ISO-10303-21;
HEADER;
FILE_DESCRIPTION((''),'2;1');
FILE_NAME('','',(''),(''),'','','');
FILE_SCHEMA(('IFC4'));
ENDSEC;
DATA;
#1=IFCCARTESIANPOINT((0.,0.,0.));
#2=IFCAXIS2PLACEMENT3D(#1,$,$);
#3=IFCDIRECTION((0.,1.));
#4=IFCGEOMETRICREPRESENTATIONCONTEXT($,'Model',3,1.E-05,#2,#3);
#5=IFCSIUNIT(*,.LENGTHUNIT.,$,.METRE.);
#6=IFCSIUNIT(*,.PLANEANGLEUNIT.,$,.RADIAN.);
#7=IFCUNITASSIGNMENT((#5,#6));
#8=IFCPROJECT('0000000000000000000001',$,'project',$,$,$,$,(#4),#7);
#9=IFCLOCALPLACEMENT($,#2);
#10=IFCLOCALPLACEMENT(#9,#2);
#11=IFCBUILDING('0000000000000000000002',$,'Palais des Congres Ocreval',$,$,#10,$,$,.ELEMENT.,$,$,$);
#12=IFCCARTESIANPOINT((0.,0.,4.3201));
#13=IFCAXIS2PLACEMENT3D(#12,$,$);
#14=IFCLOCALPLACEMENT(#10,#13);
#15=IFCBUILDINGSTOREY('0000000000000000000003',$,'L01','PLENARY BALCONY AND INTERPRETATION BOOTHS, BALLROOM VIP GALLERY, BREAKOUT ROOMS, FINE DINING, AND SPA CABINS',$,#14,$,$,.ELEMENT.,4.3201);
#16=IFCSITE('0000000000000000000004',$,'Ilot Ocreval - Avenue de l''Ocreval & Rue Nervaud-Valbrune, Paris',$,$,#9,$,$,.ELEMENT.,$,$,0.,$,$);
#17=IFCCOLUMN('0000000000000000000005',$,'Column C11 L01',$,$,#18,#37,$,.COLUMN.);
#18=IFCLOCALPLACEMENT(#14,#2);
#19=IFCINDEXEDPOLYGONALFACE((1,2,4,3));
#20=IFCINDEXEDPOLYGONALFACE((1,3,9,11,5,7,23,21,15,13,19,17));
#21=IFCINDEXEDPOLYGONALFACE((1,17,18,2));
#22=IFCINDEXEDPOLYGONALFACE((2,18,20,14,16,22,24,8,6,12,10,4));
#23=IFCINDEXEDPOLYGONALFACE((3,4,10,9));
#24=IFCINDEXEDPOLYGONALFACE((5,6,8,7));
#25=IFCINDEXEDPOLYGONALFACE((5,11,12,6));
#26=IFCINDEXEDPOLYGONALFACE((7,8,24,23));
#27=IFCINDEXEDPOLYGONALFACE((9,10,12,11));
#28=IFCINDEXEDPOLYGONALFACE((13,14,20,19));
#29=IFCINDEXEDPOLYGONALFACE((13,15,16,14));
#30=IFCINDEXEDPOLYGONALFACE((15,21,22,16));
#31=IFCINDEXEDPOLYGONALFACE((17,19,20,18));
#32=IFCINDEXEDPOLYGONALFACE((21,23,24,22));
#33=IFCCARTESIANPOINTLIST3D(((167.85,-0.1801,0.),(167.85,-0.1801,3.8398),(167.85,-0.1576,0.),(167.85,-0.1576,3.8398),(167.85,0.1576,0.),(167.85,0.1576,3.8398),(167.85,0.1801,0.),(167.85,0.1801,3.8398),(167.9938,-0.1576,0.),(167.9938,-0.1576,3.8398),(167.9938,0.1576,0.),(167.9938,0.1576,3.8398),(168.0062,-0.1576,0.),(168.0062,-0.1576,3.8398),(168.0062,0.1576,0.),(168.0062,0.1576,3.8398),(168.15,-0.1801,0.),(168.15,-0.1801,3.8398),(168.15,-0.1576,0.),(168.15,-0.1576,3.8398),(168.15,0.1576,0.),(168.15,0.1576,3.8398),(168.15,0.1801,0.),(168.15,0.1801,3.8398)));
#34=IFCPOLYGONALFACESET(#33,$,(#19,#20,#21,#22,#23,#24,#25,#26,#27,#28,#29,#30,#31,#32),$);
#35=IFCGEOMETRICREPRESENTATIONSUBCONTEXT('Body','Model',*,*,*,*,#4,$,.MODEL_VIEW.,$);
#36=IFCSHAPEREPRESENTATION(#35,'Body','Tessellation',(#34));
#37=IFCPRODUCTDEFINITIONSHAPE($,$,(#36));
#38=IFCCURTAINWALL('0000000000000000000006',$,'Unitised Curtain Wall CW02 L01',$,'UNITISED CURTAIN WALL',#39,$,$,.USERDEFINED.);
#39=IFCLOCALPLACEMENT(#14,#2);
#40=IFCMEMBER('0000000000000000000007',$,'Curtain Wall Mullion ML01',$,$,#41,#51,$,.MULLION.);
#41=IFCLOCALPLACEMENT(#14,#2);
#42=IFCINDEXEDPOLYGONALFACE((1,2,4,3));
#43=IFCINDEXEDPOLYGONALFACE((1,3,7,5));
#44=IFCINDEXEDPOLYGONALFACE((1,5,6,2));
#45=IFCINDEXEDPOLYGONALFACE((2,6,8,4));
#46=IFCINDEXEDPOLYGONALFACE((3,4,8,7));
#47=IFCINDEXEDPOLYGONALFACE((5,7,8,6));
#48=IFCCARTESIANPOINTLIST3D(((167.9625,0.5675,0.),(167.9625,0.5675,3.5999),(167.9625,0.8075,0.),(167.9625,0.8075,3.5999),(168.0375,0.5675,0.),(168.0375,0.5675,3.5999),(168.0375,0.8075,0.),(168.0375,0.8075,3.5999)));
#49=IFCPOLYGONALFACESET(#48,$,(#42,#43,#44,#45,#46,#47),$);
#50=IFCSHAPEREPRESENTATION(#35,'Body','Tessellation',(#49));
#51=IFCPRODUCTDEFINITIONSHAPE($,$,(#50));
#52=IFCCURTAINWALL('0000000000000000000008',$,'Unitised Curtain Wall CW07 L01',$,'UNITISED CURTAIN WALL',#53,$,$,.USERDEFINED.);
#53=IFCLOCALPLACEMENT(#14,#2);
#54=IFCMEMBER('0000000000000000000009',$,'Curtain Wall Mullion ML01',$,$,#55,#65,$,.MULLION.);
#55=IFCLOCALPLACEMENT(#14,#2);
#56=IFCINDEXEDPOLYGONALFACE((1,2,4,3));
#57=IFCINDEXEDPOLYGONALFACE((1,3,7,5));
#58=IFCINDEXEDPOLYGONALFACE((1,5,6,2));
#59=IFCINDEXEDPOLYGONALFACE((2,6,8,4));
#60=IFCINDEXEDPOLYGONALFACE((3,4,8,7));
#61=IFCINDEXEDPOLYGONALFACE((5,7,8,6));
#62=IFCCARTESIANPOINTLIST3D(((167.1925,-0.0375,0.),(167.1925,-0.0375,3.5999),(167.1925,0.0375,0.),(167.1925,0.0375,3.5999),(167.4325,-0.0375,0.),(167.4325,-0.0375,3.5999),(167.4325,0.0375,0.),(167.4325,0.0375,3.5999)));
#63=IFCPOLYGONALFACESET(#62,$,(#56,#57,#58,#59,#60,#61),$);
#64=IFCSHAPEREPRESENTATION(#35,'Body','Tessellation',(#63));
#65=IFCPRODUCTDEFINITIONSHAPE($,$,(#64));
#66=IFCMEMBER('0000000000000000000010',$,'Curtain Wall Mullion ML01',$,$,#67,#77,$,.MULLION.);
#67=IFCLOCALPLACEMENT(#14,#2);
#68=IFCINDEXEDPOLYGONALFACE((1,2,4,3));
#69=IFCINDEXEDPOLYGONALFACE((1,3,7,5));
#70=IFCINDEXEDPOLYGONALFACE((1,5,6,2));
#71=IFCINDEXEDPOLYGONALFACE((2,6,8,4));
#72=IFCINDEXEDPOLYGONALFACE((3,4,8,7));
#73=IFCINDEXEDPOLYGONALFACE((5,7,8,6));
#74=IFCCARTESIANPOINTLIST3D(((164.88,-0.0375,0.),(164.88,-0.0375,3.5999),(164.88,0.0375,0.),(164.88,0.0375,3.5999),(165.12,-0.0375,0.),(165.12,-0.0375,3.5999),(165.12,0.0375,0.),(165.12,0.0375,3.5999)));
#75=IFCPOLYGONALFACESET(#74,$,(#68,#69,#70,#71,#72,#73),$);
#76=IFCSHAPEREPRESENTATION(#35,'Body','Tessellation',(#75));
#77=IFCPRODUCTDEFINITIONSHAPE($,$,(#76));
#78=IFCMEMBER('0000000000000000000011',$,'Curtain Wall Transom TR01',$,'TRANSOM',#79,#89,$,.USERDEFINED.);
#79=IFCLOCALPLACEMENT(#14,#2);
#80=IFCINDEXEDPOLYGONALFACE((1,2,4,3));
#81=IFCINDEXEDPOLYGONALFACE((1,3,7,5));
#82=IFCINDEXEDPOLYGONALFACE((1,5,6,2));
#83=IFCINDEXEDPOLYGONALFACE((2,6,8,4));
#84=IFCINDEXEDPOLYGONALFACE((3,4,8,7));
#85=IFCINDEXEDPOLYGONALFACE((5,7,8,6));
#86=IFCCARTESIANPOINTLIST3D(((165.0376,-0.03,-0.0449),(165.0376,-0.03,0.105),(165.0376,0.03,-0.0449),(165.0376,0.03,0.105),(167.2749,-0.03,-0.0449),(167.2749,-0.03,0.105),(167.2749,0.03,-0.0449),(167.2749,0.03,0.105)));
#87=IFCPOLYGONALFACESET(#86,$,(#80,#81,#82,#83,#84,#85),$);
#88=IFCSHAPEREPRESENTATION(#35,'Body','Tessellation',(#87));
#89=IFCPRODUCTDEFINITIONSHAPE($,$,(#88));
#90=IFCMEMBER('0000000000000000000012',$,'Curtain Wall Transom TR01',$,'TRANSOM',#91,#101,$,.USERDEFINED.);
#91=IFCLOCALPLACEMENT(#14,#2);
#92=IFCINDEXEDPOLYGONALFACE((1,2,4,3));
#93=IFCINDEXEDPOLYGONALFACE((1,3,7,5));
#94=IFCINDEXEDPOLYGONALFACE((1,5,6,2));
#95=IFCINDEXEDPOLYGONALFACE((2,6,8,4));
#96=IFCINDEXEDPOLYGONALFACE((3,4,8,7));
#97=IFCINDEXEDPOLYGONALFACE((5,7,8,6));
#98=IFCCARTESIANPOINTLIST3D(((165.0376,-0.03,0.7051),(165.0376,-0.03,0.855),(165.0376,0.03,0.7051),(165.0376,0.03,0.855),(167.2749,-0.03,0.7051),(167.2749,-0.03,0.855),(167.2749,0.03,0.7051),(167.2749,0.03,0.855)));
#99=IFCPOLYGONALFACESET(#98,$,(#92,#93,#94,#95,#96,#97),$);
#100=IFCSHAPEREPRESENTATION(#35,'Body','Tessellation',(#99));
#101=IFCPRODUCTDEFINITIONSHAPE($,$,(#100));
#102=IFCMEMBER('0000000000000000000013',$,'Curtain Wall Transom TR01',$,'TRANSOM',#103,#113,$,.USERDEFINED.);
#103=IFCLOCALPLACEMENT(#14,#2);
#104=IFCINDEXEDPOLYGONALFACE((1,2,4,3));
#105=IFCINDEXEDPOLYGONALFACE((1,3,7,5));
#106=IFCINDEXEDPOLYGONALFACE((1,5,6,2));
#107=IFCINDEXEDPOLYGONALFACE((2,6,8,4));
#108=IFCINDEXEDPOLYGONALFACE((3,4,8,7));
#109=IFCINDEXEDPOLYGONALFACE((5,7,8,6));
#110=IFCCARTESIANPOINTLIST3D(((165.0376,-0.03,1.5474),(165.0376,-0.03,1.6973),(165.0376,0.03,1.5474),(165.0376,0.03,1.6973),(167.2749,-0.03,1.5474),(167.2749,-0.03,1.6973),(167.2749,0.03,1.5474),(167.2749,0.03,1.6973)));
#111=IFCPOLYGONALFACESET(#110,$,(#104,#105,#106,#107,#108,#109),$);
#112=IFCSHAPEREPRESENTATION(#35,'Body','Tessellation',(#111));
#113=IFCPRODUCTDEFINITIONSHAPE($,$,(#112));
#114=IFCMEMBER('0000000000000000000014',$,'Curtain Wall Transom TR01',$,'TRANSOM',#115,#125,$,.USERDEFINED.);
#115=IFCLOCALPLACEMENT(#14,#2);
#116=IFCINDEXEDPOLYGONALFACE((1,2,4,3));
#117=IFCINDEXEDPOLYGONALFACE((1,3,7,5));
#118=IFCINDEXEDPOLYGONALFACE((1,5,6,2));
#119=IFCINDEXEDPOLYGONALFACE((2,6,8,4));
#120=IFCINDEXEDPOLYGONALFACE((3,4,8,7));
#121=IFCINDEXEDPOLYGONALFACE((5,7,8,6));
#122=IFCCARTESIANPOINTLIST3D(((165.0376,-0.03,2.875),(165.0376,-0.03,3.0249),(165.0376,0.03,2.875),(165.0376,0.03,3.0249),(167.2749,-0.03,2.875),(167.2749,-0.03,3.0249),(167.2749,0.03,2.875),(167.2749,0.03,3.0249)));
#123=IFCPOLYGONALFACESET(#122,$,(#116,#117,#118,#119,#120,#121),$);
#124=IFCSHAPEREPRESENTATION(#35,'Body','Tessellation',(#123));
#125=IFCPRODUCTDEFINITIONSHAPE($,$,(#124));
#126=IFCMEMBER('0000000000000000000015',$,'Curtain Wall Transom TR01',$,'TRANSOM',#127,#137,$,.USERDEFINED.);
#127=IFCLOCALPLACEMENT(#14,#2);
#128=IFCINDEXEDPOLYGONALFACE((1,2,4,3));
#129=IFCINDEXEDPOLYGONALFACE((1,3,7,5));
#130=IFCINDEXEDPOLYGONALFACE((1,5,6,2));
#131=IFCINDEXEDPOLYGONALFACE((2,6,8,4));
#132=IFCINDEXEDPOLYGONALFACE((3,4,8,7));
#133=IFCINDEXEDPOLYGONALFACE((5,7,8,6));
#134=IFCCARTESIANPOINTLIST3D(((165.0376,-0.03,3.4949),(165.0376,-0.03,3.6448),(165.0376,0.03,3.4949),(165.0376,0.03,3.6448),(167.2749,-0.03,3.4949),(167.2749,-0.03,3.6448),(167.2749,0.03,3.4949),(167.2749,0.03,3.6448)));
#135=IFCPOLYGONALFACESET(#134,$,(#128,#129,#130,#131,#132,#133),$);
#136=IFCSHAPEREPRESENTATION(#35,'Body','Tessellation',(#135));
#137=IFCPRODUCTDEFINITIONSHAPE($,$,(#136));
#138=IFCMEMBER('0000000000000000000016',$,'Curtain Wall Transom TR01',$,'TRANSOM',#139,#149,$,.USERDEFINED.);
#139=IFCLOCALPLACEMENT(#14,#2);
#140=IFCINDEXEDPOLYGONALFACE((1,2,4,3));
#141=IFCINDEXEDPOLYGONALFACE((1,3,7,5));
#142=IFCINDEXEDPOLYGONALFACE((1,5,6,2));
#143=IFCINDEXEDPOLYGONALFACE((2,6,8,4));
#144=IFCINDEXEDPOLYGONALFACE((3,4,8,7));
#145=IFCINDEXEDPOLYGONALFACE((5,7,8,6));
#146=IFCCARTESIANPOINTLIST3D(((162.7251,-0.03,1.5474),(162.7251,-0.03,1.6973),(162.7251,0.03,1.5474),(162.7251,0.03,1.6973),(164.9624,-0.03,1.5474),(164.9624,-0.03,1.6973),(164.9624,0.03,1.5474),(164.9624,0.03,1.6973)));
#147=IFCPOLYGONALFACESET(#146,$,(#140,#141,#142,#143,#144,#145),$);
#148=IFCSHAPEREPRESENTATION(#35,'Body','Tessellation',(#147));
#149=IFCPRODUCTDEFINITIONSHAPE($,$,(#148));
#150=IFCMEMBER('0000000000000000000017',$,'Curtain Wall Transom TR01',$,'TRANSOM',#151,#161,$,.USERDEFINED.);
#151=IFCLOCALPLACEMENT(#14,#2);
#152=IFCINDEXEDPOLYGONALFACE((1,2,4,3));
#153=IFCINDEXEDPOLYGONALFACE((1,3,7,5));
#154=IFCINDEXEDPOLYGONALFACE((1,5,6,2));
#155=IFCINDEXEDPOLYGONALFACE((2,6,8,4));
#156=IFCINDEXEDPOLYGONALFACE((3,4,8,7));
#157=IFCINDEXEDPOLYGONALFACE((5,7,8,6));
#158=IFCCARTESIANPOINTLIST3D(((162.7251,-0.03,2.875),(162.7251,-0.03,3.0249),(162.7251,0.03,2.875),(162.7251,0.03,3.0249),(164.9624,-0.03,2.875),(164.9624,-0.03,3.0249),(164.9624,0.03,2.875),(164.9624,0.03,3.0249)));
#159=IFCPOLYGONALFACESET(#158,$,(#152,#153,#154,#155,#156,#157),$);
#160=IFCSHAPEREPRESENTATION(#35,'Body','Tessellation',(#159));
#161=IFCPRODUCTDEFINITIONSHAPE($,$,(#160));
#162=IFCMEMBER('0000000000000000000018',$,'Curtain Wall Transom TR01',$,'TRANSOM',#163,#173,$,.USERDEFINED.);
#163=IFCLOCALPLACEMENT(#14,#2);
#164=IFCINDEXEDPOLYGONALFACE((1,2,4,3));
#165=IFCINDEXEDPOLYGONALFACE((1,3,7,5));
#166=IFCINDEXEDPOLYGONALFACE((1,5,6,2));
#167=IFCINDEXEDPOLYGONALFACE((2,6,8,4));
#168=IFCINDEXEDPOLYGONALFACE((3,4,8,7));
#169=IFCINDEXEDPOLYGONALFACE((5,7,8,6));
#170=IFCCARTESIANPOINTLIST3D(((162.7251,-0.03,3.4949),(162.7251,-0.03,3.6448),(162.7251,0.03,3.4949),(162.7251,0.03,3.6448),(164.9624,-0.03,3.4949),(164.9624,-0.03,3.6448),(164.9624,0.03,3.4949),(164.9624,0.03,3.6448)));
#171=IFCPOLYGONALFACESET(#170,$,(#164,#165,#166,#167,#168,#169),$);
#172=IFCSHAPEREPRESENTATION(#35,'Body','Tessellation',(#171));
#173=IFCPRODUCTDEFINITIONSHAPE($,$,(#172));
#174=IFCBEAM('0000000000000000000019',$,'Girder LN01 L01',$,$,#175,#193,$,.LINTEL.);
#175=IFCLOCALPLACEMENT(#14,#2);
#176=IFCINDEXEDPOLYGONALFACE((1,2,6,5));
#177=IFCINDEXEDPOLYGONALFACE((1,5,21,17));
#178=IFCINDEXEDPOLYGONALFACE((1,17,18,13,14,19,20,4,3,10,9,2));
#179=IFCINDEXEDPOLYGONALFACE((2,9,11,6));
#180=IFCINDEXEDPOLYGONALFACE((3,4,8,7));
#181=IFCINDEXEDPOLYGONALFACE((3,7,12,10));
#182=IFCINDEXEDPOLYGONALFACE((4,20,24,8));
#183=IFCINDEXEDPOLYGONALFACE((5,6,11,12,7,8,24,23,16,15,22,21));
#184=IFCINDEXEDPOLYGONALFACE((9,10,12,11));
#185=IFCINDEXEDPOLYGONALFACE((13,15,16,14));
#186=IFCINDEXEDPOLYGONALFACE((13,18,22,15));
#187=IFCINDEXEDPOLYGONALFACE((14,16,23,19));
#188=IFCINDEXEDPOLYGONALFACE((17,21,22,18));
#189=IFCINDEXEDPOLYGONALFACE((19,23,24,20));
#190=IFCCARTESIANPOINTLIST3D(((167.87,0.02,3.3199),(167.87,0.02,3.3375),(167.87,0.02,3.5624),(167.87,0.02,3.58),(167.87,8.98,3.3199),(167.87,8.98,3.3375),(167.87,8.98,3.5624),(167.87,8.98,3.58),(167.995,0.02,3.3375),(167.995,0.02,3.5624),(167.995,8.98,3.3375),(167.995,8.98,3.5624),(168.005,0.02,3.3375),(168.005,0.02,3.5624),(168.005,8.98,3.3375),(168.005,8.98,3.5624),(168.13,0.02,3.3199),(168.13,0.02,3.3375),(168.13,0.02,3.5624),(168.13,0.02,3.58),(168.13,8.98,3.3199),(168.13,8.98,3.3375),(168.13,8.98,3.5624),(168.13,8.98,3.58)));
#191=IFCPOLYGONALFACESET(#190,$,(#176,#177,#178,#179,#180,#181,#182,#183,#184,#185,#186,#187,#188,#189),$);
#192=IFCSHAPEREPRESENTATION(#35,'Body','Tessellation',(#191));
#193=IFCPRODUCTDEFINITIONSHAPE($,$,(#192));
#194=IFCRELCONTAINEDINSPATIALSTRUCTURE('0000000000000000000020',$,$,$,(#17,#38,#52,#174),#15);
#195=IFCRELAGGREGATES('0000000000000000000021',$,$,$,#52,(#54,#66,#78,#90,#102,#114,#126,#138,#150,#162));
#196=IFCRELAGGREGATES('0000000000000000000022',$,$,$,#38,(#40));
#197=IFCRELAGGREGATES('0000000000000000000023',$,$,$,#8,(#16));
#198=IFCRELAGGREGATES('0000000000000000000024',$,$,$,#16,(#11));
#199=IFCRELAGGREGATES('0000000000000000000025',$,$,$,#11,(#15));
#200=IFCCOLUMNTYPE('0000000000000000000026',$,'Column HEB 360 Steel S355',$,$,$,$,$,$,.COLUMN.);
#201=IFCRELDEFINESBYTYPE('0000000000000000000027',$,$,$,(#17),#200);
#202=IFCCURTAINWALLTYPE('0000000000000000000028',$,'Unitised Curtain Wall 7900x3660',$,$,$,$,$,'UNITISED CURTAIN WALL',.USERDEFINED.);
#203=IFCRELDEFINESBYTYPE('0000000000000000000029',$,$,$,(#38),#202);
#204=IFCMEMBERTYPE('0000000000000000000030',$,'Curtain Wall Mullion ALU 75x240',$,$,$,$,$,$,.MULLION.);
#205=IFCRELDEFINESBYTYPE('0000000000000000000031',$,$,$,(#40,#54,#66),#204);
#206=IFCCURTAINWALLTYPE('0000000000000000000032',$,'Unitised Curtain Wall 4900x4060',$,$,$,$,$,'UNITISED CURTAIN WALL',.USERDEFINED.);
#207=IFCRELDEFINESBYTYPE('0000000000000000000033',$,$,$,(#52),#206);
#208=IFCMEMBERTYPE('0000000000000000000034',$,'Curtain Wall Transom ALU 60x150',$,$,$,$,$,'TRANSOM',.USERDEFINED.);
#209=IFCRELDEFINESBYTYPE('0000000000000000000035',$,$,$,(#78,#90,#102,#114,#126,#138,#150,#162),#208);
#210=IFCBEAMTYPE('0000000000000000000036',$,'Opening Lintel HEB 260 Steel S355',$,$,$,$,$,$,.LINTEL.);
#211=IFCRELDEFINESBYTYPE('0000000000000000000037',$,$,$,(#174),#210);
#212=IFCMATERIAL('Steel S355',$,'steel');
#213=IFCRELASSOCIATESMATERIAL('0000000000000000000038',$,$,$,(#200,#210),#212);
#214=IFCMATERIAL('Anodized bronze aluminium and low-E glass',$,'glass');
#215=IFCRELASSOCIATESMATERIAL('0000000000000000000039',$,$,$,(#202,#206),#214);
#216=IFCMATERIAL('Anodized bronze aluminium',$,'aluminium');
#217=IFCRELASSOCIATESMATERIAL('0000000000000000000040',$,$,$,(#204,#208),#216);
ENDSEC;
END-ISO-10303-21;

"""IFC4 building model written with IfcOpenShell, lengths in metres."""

from ifc_helpers import new_model, si_unit, direction, frame, origin, origin_2d, place, context, subcontext, project, spatial, rectangle, i_section, extrude, material, material_profile, profile_set, type_object, element, aggregate, save


model = new_model("IFC4")

# Units and contexts
model_context = context("Model", 3, precision=1e-05, world=origin(), true_north=direction((0.0, 1.0)))
body_context = subcontext(model_context, "Body", "Model", "MODEL_VIEW")
ifc_project = project(units=[si_unit("LENGTHUNIT", "METRE"), si_unit("PLANEANGLEUNIT", "RADIAN")], contexts=[model_context])

# Site, building, storey
site_placement = place(None, origin())
site = spatial("IfcSite", under=ifc_project, at=site_placement, Name="Ilot Ocreval - Avenue de l'Ocreval & Rue Nervaud-Valbrune, Paris", CompositionType="ELEMENT", RefElevation=0.0)
building_placement = place(site_placement, origin())
building = spatial("IfcBuilding", under=site, at=building_placement, Name="Palais des Congres Ocreval", CompositionType="ELEMENT")
storey_placement = place(building_placement, frame((0.0, 0.0, 4.3201)))
storey = spatial("IfcBuildingStorey", under=building, at=storey_placement, Name="L01", Description="PLENARY BALCONY AND INTERPRETATION BOOTHS, BALLROOM VIP GALLERY, BREAKOUT ROOMS, FINE DINING, AND SPA CABINS", CompositionType="ELEMENT", Elevation=4.3201)

# Column
ifc_material_1 = material(Name="Steel S355", Category="steel")
ifc_material_profile_1 = material_profile(ifc_material_1, i_section(OverallWidth=0.3, OverallDepth=0.3601, WebThickness=0.0125, FlangeThickness=0.0225, at=origin_2d()), Name="HEB 360")
ifc_profile_set_1 = profile_set([ifc_material_profile_1], Name="Steel S355")
column_type = type_object("IfcColumnType", Name="Column HEB 360 Steel S355", PredefinedType="COLUMN", material=ifc_profile_set_1)
column_placement = place(storey_placement, frame((168.0, 0.0, 0.0), z_axis=(0.0, 0.0, 1.0), x_axis=(1.0, 0.0, 0.0)))
element("IfcColumn", 1, at=column_placement, inside=storey, type_object=column_type, Name="Column C11 L01", PredefinedType="COLUMN", context=body_context, shape_type="SweptSolid", body=[
    extrude(i_section(OverallWidth=0.3, OverallDepth=0.3601, WebThickness=0.0125, FlangeThickness=0.0225, at=origin_2d()), origin(), (0.0, 0.0, 1.0), 3.8398),
])

# Curtain wall, member
ifc_material_2 = material(Name="Anodized bronze aluminium and low-E glass", Category="glass")
curtain_wall_type_1 = type_object("IfcCurtainWallType", Name="Unitised Curtain Wall 7900x3660", ElementType="UNITISED CURTAIN WALL", PredefinedType="USERDEFINED", material=ifc_material_2)
curtain_wall_1_placement = place(storey_placement, origin())
curtain_wall_1 = element("IfcCurtainWall", 2, at=curtain_wall_1_placement, inside=storey, type_object=curtain_wall_type_1, Name="Unitised Curtain Wall CW02 L01", ObjectType="UNITISED CURTAIN WALL", PredefinedType="USERDEFINED")
ifc_material_3 = material(Name="Anodized bronze aluminium", Category="aluminium")
ifc_material_profile_2 = material_profile(ifc_material_3, rectangle(XDim=0.075, YDim=0.24, at=origin_2d()), Name="ALU 75x240")
ifc_profile_set_2 = profile_set([ifc_material_profile_2], Name="Anodized bronze aluminium")
member_type_1 = type_object("IfcMemberType", Name="Curtain Wall Mullion ALU 75x240", PredefinedType="MULLION", material=ifc_profile_set_2)
member_1_placement = place(storey_placement, frame((168.0, 0.6875, 0.0), z_axis=(0.0, 0.0, 1.0), x_axis=(1.0, 0.0, 0.0)))
member_1 = element("IfcMember", 3, at=member_1_placement, type_object=member_type_1, Name="Curtain Wall Mullion ML01", PredefinedType="MULLION", context=body_context, shape_type="SweptSolid", body=[
    extrude(rectangle(XDim=0.075, YDim=0.24, at=origin_2d()), origin(), (0.0, 0.0, 1.0), 3.5999),
])

# Curtain wall, members
curtain_wall_type_2 = type_object("IfcCurtainWallType", Name="Unitised Curtain Wall 4900x4060", ElementType="UNITISED CURTAIN WALL", PredefinedType="USERDEFINED", material=ifc_material_2)
curtain_wall_2_placement = place(storey_placement, origin())
curtain_wall_2 = element("IfcCurtainWall", 4, at=curtain_wall_2_placement, inside=storey, type_object=curtain_wall_type_2, Name="Unitised Curtain Wall CW07 L01", ObjectType="UNITISED CURTAIN WALL", PredefinedType="USERDEFINED")
member_2_placement = place(storey_placement, frame((167.3125, 0.0, 0.0), z_axis=(0.0, 0.0, 1.0), x_axis=(0.0, -1.0, 0.0)))
member_2 = element("IfcMember", 5, at=member_2_placement, type_object=member_type_1, Name="Curtain Wall Mullion ML01", PredefinedType="MULLION", context=body_context, shape_type="SweptSolid", body=[
    extrude(rectangle(XDim=0.075, YDim=0.24, at=origin_2d()), origin(), (0.0, 0.0, 1.0), 3.5999),
])
member_3_placement = place(storey_placement, frame((165.0, 0.0, 0.0), z_axis=(0.0, 0.0, 1.0), x_axis=(0.0, -1.0, 0.0)))
member_3 = element("IfcMember", 6, at=member_3_placement, type_object=member_type_1, Name="Curtain Wall Mullion ML01", PredefinedType="MULLION", context=body_context, shape_type="SweptSolid", body=[
    extrude(rectangle(XDim=0.075, YDim=0.24, at=origin_2d()), origin(), (0.0, 0.0, 1.0), 3.5999),
])
ifc_material_profile_3 = material_profile(ifc_material_3, rectangle(XDim=0.0601, YDim=0.1499, at=origin_2d()), Name="ALU 60x150")
ifc_profile_set_3 = profile_set([ifc_material_profile_3], Name="Anodized bronze aluminium")
member_type_2 = type_object("IfcMemberType", Name="Curtain Wall Transom ALU 60x150", ElementType="TRANSOM", PredefinedType="USERDEFINED", material=ifc_profile_set_3)
member_4_placement = place(storey_placement, frame((167.2749, 0.0, 0.03), z_axis=(-1.0, 0.0, 0.0), x_axis=(0.0, -1.0, 0.0)))
member_4 = element("IfcMember", 7, at=member_4_placement, type_object=member_type_2, Name="Curtain Wall Transom TR01", ObjectType="TRANSOM", PredefinedType="USERDEFINED", context=body_context, shape_type="SweptSolid", body=[
    extrude(rectangle(XDim=0.0601, YDim=0.1499, at=origin_2d()), origin(), (0.0, 0.0, 1.0), 2.2373),
])
member_5_placement = place(storey_placement, frame((167.2749, 0.0, 0.78), z_axis=(-1.0, 0.0, 0.0), x_axis=(0.0, -1.0, 0.0)))
member_5 = element("IfcMember", 8, at=member_5_placement, type_object=member_type_2, Name="Curtain Wall Transom TR01", ObjectType="TRANSOM", PredefinedType="USERDEFINED", context=body_context, shape_type="SweptSolid", body=[
    extrude(rectangle(XDim=0.0601, YDim=0.1499, at=origin_2d()), origin(), (0.0, 0.0, 1.0), 2.2373),
])
member_6_placement = place(storey_placement, frame((167.2749, 0.0, 1.6223), z_axis=(-1.0, 0.0, 0.0), x_axis=(0.0, -1.0, 0.0)))
member_6 = element("IfcMember", 9, at=member_6_placement, type_object=member_type_2, Name="Curtain Wall Transom TR01", ObjectType="TRANSOM", PredefinedType="USERDEFINED", context=body_context, shape_type="SweptSolid", body=[
    extrude(rectangle(XDim=0.0601, YDim=0.1499, at=origin_2d()), origin(), (0.0, 0.0, 1.0), 2.2373),
])
member_7_placement = place(storey_placement, frame((167.2749, 0.0, 2.95), z_axis=(-1.0, 0.0, 0.0), x_axis=(0.0, -1.0, 0.0)))
member_7 = element("IfcMember", 10, at=member_7_placement, type_object=member_type_2, Name="Curtain Wall Transom TR01", ObjectType="TRANSOM", PredefinedType="USERDEFINED", context=body_context, shape_type="SweptSolid", body=[
    extrude(rectangle(XDim=0.0601, YDim=0.1499, at=origin_2d()), origin(), (0.0, 0.0, 1.0), 2.2373),
])
member_8_placement = place(storey_placement, frame((167.2749, 0.0, 3.5698), z_axis=(-1.0, 0.0, 0.0), x_axis=(0.0, -1.0, 0.0)))
member_8 = element("IfcMember", 11, at=member_8_placement, type_object=member_type_2, Name="Curtain Wall Transom TR01", ObjectType="TRANSOM", PredefinedType="USERDEFINED", context=body_context, shape_type="SweptSolid", body=[
    extrude(rectangle(XDim=0.0601, YDim=0.1499, at=origin_2d()), origin(), (0.0, 0.0, 1.0), 2.2373),
])
member_9_placement = place(storey_placement, frame((164.9624, 0.0, 1.6223), z_axis=(-1.0, 0.0, 0.0), x_axis=(0.0, -1.0, 0.0)))
member_9 = element("IfcMember", 12, at=member_9_placement, type_object=member_type_2, Name="Curtain Wall Transom TR01", ObjectType="TRANSOM", PredefinedType="USERDEFINED", context=body_context, shape_type="SweptSolid", body=[
    extrude(rectangle(XDim=0.0601, YDim=0.1499, at=origin_2d()), origin(), (0.0, 0.0, 1.0), 2.2373),
])
member_10_placement = place(storey_placement, frame((164.9624, 0.0, 2.95), z_axis=(-1.0, 0.0, 0.0), x_axis=(0.0, -1.0, 0.0)))
member_10 = element("IfcMember", 13, at=member_10_placement, type_object=member_type_2, Name="Curtain Wall Transom TR01", ObjectType="TRANSOM", PredefinedType="USERDEFINED", context=body_context, shape_type="SweptSolid", body=[
    extrude(rectangle(XDim=0.0601, YDim=0.1499, at=origin_2d()), origin(), (0.0, 0.0, 1.0), 2.2373),
])
member_11_placement = place(storey_placement, frame((164.9624, 0.0, 3.5698), z_axis=(-1.0, 0.0, 0.0), x_axis=(0.0, -1.0, 0.0)))
member_11 = element("IfcMember", 14, at=member_11_placement, type_object=member_type_2, Name="Curtain Wall Transom TR01", ObjectType="TRANSOM", PredefinedType="USERDEFINED", context=body_context, shape_type="SweptSolid", body=[
    extrude(rectangle(XDim=0.0601, YDim=0.1499, at=origin_2d()), origin(), (0.0, 0.0, 1.0), 2.2373),
])

# Beam
ifc_material_profile_4 = material_profile(ifc_material_1, i_section(OverallWidth=0.26, OverallDepth=0.26, WebThickness=0.01, FlangeThickness=0.0176, at=origin_2d()), Name="HEB 260")
ifc_profile_set_4 = profile_set([ifc_material_profile_4], Name="Steel S355")
beam_type = type_object("IfcBeamType", Name="Opening Lintel HEB 260 Steel S355", PredefinedType="LINTEL", material=ifc_profile_set_4)
beam_placement = place(storey_placement, frame((168.0, 0.02, 3.45), z_axis=(0.0, 1.0, 0.0), x_axis=(-1.0, 0.0, 0.0)))
element("IfcBeam", 15, at=beam_placement, inside=storey, type_object=beam_type, Name="Girder LN01 L01", PredefinedType="LINTEL", context=body_context, shape_type="SweptSolid", body=[
    extrude(i_section(OverallWidth=0.26, OverallDepth=0.26, WebThickness=0.01, FlangeThickness=0.0176, at=origin_2d()), origin(), (0.0, 0.0, 1.0), 8.96),
])

aggregate(curtain_wall_2, [member_2, member_3, member_4, member_5, member_6, member_7, member_8, member_9, member_10, member_11])
aggregate(curtain_wall_1, [member_1])

save(model, "model.ifc")
